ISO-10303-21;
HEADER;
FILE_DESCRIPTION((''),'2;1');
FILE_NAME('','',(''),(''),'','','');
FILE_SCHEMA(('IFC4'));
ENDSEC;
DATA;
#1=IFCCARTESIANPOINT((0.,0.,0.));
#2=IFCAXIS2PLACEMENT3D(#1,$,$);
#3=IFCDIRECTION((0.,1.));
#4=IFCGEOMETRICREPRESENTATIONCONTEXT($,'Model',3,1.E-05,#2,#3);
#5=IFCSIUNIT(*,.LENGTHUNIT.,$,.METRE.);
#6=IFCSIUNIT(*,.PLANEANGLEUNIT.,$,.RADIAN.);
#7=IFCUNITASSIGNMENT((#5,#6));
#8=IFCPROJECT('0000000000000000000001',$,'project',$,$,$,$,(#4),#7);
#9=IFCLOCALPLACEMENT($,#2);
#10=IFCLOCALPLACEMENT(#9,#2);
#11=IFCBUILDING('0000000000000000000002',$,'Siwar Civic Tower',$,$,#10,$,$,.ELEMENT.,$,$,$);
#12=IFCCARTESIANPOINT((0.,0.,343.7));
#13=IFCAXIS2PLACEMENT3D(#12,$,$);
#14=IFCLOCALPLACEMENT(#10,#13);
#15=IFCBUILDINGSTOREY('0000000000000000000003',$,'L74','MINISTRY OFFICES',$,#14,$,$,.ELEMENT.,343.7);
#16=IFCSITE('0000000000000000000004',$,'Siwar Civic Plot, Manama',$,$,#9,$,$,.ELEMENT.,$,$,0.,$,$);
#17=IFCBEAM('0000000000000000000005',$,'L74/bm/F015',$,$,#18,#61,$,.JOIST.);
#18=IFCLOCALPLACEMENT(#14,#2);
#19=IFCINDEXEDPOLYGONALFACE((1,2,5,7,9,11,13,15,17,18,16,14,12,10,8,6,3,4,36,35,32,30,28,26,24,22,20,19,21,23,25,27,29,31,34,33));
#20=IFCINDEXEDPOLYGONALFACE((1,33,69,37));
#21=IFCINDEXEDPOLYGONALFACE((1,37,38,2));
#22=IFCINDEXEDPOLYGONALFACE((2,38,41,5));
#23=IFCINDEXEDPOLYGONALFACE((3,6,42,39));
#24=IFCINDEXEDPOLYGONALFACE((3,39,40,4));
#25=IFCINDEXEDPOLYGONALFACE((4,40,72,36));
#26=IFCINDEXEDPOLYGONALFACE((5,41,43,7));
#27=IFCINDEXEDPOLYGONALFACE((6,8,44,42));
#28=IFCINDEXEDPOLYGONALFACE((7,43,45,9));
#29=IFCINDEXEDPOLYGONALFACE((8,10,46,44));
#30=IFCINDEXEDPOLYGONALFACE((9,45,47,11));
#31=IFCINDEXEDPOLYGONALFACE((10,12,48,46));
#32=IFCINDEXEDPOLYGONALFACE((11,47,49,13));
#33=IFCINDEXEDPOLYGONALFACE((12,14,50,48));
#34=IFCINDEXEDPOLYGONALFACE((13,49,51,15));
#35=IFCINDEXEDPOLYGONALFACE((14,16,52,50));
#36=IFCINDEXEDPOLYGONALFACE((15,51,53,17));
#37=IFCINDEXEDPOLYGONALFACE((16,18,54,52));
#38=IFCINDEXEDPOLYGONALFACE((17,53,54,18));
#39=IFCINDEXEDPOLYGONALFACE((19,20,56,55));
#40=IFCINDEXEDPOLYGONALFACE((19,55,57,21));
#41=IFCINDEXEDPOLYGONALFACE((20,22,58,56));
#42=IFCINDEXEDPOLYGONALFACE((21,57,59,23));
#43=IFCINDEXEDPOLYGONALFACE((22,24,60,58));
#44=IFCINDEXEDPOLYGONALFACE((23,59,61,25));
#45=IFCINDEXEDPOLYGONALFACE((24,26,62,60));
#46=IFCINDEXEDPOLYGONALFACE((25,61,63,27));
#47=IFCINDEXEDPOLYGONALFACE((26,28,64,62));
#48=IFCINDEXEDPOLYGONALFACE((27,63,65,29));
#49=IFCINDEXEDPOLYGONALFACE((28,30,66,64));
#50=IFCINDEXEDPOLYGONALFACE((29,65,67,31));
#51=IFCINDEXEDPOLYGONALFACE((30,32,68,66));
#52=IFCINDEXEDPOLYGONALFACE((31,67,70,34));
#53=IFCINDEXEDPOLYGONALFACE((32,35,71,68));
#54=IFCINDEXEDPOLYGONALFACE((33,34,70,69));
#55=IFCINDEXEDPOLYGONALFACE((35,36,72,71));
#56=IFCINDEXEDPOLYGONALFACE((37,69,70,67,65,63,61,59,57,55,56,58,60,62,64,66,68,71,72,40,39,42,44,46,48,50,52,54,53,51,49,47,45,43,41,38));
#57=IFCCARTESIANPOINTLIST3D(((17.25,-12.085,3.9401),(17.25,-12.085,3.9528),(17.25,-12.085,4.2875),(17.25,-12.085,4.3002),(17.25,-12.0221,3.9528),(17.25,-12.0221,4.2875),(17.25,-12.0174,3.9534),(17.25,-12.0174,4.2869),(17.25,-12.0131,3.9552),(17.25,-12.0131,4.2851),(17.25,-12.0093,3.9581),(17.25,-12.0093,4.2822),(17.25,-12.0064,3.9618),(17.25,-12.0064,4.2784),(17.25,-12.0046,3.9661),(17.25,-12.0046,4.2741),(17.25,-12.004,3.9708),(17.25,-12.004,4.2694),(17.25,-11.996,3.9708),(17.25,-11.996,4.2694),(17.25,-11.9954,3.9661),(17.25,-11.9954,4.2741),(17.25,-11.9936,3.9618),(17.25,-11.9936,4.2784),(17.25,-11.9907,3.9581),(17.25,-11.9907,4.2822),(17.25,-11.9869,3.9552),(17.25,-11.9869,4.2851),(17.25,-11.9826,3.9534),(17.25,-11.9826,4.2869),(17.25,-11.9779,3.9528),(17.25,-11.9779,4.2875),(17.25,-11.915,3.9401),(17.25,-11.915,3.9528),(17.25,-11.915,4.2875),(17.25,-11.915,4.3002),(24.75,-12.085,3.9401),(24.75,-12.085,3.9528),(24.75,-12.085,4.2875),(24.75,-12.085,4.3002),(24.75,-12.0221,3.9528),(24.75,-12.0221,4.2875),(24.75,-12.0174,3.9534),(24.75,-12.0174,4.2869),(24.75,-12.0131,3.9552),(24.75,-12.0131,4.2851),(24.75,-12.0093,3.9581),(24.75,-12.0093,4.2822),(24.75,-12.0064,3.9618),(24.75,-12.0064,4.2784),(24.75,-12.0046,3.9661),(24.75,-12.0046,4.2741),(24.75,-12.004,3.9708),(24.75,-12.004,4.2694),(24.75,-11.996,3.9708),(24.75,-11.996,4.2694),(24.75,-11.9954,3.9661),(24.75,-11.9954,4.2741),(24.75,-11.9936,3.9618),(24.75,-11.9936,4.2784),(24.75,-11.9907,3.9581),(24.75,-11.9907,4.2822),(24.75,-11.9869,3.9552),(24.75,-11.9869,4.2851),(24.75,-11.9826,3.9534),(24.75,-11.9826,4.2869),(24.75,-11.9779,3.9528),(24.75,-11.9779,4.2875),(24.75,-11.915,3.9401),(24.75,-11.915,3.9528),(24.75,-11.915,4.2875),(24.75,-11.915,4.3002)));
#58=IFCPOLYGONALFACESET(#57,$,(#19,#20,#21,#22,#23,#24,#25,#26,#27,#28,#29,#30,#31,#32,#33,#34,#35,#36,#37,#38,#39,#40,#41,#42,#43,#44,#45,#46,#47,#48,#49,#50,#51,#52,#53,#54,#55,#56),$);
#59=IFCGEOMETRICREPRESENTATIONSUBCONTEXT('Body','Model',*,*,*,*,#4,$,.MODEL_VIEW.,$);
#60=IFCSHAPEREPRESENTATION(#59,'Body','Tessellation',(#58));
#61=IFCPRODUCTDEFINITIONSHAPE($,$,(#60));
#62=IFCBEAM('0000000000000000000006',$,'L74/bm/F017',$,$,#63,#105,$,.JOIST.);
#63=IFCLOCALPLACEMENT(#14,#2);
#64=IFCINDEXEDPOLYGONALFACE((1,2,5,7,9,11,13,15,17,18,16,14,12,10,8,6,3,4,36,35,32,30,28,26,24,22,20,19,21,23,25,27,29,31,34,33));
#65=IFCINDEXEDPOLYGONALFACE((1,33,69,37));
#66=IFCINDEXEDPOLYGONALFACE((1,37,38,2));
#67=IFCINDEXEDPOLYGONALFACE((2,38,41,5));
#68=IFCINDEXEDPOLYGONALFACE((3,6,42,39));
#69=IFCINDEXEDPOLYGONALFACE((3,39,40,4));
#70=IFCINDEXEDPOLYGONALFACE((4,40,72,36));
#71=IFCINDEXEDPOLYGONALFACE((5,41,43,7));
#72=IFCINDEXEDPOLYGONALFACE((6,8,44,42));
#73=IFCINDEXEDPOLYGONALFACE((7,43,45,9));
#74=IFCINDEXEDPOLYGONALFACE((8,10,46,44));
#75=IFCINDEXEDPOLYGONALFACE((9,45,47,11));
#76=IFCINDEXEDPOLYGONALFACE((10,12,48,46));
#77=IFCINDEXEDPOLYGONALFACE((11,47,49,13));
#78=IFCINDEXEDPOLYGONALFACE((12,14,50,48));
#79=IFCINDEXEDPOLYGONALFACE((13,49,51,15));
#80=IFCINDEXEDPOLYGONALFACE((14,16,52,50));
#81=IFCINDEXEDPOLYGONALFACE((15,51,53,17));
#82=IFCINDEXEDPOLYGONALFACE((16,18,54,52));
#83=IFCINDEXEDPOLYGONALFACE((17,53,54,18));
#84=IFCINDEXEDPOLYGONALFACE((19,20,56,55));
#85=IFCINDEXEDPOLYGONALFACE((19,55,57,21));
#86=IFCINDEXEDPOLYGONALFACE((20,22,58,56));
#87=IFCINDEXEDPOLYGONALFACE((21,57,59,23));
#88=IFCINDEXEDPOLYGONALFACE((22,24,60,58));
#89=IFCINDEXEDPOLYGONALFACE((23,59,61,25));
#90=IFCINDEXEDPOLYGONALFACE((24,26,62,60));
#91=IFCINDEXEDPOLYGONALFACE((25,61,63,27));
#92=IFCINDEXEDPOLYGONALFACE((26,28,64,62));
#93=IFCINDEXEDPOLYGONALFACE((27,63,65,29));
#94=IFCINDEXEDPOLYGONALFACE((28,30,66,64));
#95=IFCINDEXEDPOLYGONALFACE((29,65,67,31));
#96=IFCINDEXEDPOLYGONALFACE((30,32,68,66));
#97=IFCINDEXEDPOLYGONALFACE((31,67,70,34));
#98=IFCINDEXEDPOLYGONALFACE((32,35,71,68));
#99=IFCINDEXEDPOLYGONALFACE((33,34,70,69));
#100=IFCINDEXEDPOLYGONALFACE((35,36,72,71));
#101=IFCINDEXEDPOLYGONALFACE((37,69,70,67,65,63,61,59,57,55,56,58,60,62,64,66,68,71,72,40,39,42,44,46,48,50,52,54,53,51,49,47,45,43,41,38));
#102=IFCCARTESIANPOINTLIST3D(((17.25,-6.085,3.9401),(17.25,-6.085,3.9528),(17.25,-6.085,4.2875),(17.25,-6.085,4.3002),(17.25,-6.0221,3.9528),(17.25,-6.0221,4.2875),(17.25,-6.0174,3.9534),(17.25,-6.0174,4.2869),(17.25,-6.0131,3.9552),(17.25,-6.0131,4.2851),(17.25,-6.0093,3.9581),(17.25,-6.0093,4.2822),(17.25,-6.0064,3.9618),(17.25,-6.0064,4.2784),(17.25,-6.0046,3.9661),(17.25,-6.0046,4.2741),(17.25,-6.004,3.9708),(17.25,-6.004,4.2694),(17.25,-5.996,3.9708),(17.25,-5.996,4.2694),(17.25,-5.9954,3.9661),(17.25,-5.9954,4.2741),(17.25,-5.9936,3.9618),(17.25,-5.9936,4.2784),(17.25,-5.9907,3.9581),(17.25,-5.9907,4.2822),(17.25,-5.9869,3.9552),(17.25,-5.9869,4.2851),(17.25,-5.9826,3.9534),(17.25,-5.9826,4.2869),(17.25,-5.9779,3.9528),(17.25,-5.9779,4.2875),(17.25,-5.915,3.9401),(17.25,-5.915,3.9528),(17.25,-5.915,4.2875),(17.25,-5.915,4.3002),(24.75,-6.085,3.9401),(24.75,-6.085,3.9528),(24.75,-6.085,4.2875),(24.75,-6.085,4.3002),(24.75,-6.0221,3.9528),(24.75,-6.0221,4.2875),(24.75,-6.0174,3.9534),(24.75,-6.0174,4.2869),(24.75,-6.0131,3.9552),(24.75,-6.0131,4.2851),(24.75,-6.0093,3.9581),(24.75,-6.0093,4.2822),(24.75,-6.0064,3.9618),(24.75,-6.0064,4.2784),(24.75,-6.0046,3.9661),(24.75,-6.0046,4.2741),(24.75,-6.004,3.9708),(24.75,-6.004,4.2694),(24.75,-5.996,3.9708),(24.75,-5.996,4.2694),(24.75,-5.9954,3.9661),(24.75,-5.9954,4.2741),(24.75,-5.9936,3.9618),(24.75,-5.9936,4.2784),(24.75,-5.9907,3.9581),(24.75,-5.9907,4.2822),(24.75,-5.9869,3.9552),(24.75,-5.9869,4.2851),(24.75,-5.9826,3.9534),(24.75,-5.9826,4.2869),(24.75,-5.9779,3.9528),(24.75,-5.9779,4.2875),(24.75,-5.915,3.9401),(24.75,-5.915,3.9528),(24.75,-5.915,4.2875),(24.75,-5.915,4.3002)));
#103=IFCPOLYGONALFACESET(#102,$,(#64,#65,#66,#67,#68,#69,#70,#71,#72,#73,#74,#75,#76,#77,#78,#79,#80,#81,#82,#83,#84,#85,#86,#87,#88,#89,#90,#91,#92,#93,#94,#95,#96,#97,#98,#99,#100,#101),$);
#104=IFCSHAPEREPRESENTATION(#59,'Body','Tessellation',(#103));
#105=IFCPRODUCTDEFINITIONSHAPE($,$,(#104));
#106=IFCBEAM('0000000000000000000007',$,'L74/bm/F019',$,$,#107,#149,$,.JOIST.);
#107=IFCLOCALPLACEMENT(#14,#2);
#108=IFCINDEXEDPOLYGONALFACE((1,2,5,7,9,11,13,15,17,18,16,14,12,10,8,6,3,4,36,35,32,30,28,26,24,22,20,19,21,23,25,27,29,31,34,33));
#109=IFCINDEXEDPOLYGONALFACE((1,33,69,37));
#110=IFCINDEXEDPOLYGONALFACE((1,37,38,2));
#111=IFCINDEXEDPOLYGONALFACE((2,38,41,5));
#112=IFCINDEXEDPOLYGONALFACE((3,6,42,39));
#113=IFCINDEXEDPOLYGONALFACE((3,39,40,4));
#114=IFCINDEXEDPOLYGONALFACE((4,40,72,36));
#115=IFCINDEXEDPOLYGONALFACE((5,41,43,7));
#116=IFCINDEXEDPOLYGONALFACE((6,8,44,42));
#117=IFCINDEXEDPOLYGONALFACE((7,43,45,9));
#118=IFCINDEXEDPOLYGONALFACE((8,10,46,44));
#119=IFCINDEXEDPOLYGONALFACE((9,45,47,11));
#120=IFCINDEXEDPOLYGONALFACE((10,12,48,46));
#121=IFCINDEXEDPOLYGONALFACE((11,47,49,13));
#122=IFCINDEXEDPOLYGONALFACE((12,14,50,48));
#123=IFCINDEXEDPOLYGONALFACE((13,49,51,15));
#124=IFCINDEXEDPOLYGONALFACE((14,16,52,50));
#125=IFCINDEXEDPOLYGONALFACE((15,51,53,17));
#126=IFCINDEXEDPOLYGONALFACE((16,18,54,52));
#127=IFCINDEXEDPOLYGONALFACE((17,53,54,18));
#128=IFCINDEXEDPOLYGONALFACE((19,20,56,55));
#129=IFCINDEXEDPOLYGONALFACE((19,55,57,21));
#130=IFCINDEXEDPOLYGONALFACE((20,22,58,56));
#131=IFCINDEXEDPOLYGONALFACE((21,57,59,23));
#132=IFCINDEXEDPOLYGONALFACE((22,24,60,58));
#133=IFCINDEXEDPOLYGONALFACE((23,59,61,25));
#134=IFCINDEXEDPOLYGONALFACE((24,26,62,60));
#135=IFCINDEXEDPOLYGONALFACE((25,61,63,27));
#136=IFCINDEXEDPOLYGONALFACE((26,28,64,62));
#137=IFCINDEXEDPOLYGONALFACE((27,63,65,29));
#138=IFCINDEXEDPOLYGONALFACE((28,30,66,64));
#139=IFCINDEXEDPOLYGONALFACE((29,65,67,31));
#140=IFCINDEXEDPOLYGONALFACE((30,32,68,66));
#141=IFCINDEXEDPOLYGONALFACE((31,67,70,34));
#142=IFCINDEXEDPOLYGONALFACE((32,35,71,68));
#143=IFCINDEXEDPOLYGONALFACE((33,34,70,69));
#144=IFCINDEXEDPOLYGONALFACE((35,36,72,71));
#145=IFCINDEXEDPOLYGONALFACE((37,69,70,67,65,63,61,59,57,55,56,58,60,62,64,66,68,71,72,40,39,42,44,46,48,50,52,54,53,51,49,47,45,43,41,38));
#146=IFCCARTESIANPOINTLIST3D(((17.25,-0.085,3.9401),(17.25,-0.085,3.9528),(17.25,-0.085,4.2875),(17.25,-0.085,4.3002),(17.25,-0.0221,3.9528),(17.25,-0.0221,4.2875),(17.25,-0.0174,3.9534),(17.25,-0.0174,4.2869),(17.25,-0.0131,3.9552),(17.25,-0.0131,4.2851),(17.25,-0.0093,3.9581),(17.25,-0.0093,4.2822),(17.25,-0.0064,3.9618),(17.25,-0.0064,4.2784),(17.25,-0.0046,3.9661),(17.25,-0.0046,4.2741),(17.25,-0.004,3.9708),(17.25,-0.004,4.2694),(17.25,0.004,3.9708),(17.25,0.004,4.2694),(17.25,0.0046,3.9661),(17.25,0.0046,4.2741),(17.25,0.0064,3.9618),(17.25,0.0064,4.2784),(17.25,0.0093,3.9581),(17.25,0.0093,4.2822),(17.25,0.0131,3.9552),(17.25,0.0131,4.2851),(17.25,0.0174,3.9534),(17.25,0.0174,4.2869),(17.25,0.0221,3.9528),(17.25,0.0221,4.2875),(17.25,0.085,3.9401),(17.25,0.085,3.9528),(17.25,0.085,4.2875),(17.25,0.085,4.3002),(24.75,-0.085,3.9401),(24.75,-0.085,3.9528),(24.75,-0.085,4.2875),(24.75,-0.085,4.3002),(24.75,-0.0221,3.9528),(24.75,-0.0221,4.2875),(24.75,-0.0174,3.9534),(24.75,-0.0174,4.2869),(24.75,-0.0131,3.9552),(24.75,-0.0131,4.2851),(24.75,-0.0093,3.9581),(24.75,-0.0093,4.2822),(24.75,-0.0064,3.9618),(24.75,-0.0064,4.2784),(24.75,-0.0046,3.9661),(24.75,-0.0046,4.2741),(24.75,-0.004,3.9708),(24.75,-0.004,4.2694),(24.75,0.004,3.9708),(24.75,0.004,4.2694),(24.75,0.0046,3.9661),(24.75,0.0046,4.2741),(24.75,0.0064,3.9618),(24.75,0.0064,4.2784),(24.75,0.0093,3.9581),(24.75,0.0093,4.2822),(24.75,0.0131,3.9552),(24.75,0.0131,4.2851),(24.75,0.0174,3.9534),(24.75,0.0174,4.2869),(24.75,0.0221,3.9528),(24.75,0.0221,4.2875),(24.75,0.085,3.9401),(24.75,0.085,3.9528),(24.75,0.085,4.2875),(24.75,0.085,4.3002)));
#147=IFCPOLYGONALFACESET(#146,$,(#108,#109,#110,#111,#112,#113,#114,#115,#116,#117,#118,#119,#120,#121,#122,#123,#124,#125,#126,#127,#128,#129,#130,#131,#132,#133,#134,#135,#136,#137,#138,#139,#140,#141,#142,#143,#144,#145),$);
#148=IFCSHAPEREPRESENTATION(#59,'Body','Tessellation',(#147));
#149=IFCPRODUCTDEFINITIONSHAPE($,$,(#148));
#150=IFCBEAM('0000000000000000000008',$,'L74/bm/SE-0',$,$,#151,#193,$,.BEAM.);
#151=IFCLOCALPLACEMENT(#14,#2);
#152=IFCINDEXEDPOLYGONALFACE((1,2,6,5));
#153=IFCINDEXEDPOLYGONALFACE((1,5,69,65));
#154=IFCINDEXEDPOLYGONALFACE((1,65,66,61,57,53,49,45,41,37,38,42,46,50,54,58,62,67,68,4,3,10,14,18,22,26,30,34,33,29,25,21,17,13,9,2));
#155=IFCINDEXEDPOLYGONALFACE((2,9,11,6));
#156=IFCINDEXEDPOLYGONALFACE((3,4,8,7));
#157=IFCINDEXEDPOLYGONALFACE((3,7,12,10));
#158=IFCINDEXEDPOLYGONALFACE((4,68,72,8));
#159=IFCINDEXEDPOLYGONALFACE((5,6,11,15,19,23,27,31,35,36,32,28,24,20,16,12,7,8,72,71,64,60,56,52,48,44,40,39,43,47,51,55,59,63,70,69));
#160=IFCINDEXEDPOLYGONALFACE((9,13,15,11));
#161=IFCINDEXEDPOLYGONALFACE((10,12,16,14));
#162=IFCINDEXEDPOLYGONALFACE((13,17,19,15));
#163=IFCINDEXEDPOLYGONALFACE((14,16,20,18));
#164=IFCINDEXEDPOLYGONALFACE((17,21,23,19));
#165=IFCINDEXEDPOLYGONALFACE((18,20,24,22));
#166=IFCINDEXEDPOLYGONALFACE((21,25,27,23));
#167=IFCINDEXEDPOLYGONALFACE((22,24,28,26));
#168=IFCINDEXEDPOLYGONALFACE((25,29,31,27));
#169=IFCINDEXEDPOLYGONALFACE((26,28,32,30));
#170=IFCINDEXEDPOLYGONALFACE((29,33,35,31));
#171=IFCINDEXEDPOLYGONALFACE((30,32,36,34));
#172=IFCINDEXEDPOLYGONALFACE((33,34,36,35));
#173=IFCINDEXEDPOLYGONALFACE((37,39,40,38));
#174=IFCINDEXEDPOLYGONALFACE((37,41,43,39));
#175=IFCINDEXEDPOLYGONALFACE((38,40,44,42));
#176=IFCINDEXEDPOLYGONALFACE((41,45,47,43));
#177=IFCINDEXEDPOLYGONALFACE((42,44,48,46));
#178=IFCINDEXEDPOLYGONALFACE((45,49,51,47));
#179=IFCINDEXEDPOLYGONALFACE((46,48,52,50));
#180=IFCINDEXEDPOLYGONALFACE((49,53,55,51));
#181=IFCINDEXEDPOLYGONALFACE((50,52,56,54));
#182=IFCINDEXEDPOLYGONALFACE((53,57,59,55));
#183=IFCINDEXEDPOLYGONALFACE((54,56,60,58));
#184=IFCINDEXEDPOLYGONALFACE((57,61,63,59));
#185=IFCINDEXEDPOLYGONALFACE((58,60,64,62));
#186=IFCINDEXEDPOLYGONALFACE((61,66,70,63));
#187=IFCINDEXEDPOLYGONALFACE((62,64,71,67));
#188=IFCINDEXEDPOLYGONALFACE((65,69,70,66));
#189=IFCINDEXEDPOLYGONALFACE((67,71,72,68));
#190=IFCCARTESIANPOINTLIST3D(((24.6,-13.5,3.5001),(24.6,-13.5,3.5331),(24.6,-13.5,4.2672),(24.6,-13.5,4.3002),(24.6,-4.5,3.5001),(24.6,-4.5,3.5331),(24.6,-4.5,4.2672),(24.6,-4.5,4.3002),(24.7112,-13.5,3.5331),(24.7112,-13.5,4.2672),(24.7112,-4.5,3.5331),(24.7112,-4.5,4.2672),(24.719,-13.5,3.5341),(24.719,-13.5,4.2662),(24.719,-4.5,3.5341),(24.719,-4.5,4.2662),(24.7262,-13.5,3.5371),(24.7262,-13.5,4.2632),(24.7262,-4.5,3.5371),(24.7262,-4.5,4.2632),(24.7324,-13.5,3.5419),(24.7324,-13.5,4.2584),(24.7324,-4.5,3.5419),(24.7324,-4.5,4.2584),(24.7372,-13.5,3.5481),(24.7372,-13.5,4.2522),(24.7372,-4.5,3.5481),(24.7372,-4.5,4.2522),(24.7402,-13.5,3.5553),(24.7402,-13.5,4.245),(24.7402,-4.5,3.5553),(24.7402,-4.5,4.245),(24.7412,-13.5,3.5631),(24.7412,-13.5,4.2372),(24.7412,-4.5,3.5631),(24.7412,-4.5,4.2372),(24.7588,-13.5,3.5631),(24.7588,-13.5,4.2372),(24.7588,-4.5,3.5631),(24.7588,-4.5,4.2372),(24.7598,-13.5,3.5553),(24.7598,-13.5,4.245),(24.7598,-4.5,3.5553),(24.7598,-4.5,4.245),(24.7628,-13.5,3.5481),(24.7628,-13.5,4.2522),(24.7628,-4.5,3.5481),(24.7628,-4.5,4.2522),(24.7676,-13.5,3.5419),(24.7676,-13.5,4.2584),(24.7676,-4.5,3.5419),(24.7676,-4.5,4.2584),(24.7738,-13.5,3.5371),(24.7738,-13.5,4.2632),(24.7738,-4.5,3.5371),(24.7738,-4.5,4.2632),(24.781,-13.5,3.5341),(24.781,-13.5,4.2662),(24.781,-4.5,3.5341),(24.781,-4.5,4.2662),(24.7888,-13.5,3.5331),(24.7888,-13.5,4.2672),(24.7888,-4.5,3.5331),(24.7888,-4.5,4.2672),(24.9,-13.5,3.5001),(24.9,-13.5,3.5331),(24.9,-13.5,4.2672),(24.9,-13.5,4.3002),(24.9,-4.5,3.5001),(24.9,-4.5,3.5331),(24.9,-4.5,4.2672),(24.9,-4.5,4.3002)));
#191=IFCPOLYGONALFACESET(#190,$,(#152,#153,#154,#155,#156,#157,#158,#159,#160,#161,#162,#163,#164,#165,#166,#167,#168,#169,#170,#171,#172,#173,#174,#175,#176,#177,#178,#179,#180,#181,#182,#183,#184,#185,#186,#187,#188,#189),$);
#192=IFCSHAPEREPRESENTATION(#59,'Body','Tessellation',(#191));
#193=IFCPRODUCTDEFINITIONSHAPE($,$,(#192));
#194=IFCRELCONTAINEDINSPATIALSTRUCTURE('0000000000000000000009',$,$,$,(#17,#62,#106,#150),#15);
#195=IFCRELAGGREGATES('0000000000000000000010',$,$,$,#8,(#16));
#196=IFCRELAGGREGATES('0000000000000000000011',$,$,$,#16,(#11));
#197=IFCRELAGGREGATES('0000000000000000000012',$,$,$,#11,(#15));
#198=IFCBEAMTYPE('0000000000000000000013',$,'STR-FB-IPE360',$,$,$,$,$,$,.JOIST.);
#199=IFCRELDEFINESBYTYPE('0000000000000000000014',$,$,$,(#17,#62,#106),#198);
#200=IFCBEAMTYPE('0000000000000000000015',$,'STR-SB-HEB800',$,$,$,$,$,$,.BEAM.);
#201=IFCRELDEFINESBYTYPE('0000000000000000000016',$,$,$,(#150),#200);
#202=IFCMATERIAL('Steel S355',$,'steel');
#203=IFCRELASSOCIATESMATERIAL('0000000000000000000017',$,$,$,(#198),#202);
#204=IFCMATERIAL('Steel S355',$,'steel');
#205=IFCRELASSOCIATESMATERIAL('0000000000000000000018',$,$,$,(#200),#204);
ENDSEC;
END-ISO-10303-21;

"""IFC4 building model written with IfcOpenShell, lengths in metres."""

from ifc_helpers import new_model, si_unit, direction, frame, origin, origin_2d, place, context, subcontext, project, spatial, i_section, extrude, material, material_profile, profile_set, type_object, element, save


model = new_model("IFC4")

# Units and contexts
model_context = context("Model", 3, precision=1e-05, world=origin(), true_north=direction((0.0, 1.0)))
body_context = subcontext(model_context, "Body", "Model", "MODEL_VIEW")
ifc_project = project(units=[si_unit("LENGTHUNIT", "METRE"), si_unit("PLANEANGLEUNIT", "RADIAN")], contexts=[model_context])

# Site, building, storey
site_placement = place(None, origin())
site = spatial("IfcSite", under=ifc_project, at=site_placement, Name="Siwar Civic Plot, Manama", CompositionType="ELEMENT", RefElevation=0.0)
building_placement = place(site_placement, origin())
building = spatial("IfcBuilding", under=site, at=building_placement, Name="Siwar Civic Tower", CompositionType="ELEMENT")
storey_placement = place(building_placement, frame((0.0, 0.0, 343.7)))
storey = spatial("IfcBuildingStorey", under=building, at=storey_placement, Name="L74", Description="MINISTRY OFFICES", CompositionType="ELEMENT", Elevation=343.7)

# Beams
ifc_material_1 = material(Name="Steel S355", Category="steel")
ifc_material_profile_1 = material_profile(ifc_material_1, i_section(OverallWidth=0.1699, OverallDepth=0.3601, WebThickness=0.0081, FlangeThickness=0.0127, FilletRadius=0.0181, at=origin_2d()), Name="IPE360")
ifc_profile_set_1 = profile_set([ifc_material_profile_1], Name="Steel S355")
beam_type_1 = type_object("IfcBeamType", Name="STR-FB-IPE360", PredefinedType="JOIST", material=ifc_profile_set_1)
for number, where, z_axis, x_axis, name in (
    (1, (17.25, -12.0, 4.1201), (1.0, 0.0, 0.0), (0.0, 1.0, 0.0), "L74/bm/F015"),
    (2, (17.25, -6.0, 4.1201), (1.0, 0.0, 0.0), (0.0, 1.0, 0.0), "L74/bm/F017"),
    (3, (17.25, 0.0, 4.1201), (1.0, 0.0, 0.0), (0.0, 1.0, 0.0), "L74/bm/F019"),
):
    element("IfcBeam", number, at=place(storey_placement, frame(where, z_axis=z_axis, x_axis=x_axis)), inside=storey, type_object=beam_type_1, Name=name, PredefinedType="JOIST", context=body_context, shape_type="SweptSolid", body=[
        extrude(i_section(OverallWidth=0.1699, OverallDepth=0.3601, WebThickness=0.0081, FlangeThickness=0.0127, FilletRadius=0.0181, at=origin_2d()), origin(), (0.0, 0.0, 1.0), 7.5),
    ])
ifc_material_2 = material(Name="Steel S355", Category="steel")
ifc_material_profile_2 = material_profile(ifc_material_2, i_section(OverallWidth=0.3, OverallDepth=0.8, WebThickness=0.0176, FlangeThickness=0.033, FilletRadius=0.03, at=origin_2d()), Name="HEB800")
ifc_profile_set_2 = profile_set([ifc_material_profile_2], Name="Steel S355")
beam_type_2 = type_object("IfcBeamType", Name="STR-SB-HEB800", PredefinedType="BEAM", material=ifc_profile_set_2)
for number, where, z_axis, x_axis, name in (
    (4, (24.75, -13.5, 3.9001), (0.0, 1.0, 0.0), (-1.0, 0.0, 0.0), "L74/bm/SE-0"),
):
    element("IfcBeam", number, at=place(storey_placement, frame(where, z_axis=z_axis, x_axis=x_axis)), inside=storey, type_object=beam_type_2, Name=name, PredefinedType="BEAM", context=body_context, shape_type="SweptSolid", body=[
        extrude(i_section(OverallWidth=0.3, OverallDepth=0.8, WebThickness=0.0176, FlangeThickness=0.033, FilletRadius=0.03, at=origin_2d()), origin(), (0.0, 0.0, 1.0), 9.0),
    ])

save(model, "model.ifc")
